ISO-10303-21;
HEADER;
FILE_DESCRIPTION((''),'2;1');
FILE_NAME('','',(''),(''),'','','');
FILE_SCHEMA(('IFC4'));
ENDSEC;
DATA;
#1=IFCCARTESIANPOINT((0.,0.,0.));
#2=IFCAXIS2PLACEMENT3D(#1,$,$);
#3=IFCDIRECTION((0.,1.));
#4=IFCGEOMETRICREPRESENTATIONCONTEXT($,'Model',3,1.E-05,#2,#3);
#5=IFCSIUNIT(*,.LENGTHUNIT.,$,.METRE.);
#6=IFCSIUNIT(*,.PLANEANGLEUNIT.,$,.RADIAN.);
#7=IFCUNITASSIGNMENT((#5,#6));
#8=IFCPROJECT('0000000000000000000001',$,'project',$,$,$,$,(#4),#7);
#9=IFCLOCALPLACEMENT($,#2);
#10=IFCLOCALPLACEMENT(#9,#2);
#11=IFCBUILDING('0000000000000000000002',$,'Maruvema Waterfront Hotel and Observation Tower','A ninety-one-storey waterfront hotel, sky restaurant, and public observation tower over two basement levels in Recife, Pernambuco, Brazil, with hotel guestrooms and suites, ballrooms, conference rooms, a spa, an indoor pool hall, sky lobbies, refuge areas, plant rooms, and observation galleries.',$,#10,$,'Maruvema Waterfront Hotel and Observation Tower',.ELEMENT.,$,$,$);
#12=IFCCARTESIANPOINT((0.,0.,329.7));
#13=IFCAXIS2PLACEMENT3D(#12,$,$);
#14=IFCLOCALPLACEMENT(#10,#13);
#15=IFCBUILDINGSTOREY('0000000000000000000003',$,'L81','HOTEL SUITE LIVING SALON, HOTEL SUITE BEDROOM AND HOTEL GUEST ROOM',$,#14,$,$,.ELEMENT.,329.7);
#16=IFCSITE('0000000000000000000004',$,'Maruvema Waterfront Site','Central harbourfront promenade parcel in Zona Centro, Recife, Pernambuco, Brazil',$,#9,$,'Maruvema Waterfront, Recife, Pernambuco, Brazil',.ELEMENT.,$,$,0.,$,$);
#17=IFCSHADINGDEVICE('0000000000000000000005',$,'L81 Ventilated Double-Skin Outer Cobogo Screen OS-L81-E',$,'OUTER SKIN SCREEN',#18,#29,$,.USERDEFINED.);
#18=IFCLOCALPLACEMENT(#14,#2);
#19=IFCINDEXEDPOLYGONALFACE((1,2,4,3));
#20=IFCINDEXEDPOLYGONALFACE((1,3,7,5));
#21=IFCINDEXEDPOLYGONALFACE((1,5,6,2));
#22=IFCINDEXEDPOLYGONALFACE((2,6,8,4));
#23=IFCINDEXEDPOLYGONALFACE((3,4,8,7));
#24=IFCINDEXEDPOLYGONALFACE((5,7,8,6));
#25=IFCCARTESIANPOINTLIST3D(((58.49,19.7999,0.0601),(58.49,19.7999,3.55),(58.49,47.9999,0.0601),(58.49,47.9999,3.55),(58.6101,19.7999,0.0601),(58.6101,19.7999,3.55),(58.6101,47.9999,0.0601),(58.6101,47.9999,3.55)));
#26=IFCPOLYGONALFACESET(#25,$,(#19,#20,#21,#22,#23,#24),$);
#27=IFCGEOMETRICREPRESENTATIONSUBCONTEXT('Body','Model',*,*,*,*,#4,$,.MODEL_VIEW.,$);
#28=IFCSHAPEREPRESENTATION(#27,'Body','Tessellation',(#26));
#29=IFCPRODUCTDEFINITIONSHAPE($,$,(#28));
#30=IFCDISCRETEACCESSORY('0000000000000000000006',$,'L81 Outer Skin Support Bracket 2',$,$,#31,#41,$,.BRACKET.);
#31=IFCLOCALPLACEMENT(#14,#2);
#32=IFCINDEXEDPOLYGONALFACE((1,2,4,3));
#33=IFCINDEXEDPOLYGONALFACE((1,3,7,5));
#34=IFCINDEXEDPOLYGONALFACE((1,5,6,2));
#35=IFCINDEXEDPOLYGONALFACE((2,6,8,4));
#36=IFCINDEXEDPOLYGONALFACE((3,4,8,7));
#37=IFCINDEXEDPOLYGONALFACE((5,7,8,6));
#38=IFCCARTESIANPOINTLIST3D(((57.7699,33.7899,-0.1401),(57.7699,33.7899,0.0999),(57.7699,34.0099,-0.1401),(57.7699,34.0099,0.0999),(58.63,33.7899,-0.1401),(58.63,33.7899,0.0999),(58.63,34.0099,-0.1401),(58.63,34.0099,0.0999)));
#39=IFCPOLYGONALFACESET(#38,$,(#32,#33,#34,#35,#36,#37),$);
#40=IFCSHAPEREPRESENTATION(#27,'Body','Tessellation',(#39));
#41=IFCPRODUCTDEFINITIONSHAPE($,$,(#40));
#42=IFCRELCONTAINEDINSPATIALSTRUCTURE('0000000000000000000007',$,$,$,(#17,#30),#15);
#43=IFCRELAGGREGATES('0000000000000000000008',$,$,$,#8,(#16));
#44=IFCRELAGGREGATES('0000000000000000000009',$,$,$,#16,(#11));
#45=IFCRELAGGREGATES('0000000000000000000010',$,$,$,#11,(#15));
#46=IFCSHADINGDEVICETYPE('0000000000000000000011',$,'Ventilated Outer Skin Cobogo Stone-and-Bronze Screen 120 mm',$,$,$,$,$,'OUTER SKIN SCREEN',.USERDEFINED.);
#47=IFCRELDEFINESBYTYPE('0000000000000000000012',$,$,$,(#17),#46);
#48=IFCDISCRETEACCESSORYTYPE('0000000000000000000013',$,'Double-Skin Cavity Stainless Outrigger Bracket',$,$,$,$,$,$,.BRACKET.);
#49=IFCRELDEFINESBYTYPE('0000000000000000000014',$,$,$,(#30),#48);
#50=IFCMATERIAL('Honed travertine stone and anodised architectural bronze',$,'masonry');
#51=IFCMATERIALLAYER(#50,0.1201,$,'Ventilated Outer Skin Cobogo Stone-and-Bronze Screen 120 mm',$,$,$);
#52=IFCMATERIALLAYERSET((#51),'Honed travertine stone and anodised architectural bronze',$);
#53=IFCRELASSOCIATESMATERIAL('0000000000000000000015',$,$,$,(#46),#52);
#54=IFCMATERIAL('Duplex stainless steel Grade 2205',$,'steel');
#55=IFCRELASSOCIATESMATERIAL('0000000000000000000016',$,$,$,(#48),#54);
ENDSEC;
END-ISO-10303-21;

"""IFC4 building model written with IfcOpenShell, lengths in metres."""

from ifc_helpers import new_model, si_unit, direction, frame, origin, origin_2d, place, context, subcontext, project, spatial, rectangle, extrude, material, layer, layer_set, type_object, element, save


model = new_model("IFC4")

# Units and contexts
model_context = context("Model", 3, precision=1e-05, world=origin(), true_north=direction((0.0, 1.0)))
body_context = subcontext(model_context, "Body", "Model", "MODEL_VIEW")
ifc_project = project(units=[si_unit("LENGTHUNIT", "METRE"), si_unit("PLANEANGLEUNIT", "RADIAN")], contexts=[model_context])

# Site, building, storey
site_placement = place(None, origin())
site = spatial("IfcSite", under=ifc_project, at=site_placement, Name="Maruvema Waterfront Site", Description="Central harbourfront promenade parcel in Zona Centro, Recife, Pernambuco, Brazil", LongName="Maruvema Waterfront, Recife, Pernambuco, Brazil", CompositionType="ELEMENT", RefElevation=0.0)
building_placement = place(site_placement, origin())
building = spatial("IfcBuilding", under=site, at=building_placement, Name="Maruvema Waterfront Hotel and Observation Tower", Description="A ninety-one-storey waterfront hotel, sky restaurant, and public observation tower over two basement levels in Recife, Pernambuco, Brazil, with hotel guestrooms and suites, ballrooms, conference rooms, a spa, an indoor pool hall, sky lobbies, refuge areas, plant rooms, and observation galleries.", LongName="Maruvema Waterfront Hotel and Observation Tower", CompositionType="ELEMENT")
storey_placement = place(building_placement, frame((0.0, 0.0, 329.7)))
storey = spatial("IfcBuildingStorey", under=building, at=storey_placement, Name="L81", Description="HOTEL SUITE LIVING SALON, HOTEL SUITE BEDROOM AND HOTEL GUEST ROOM", CompositionType="ELEMENT", Elevation=329.7)

# Shading device
ifc_material_1 = material(Name="Honed travertine stone and anodised architectural bronze", Category="masonry")
ifc_layer_1 = layer(ifc_material_1, 0.1201, Name="Ventilated Outer Skin Cobogo Stone-and-Bronze Screen 120 mm")
ifc_layer_set_1 = layer_set([ifc_layer_1], Name="Honed travertine stone and anodised architectural bronze")
shading_device_type = type_object("IfcShadingDeviceType", Name="Ventilated Outer Skin Cobogo Stone-and-Bronze Screen 120 mm", ElementType="OUTER SKIN SCREEN", PredefinedType="USERDEFINED", material=ifc_layer_set_1)
shading_device_placement = place(storey_placement, frame((58.55, 33.8999, 0.0601), z_axis=(0.0, 0.0, 1.0), x_axis=(0.0, 1.0, 0.0)))
element("IfcShadingDevice", 1, at=shading_device_placement, inside=storey, type_object=shading_device_type, Name="L81 Ventilated Double-Skin Outer Cobogo Screen OS-L81-E", ObjectType="OUTER SKIN SCREEN", PredefinedType="USERDEFINED", context=body_context, shape_type="SweptSolid", body=[
    extrude(rectangle(XDim=28.2, YDim=0.1201, at=origin_2d()), origin(), (0.0, 0.0, 1.0), 3.49),
])

# Discrete accessory
ifc_material_2 = material(Name="Duplex stainless steel Grade 2205", Category="steel")
discrete_accessory_type = type_object("IfcDiscreteAccessoryType", Name="Double-Skin Cavity Stainless Outrigger Bracket", PredefinedType="BRACKET", material=ifc_material_2)
discrete_accessory_placement = place(storey_placement, frame((58.2, 33.8999, -0.1401), z_axis=(0.0, 0.0, 1.0), x_axis=(0.0, 1.0, 0.0)))
element("IfcDiscreteAccessory", 2, at=discrete_accessory_placement, inside=storey, type_object=discrete_accessory_type, Name="L81 Outer Skin Support Bracket 2", PredefinedType="BRACKET", context=body_context, shape_type="SweptSolid", body=[
    extrude(rectangle(XDim=0.22, YDim=0.8601, at=origin_2d()), origin(), (0.0, 0.0, 1.0), 0.24),
])

save(model, "model.ifc")
